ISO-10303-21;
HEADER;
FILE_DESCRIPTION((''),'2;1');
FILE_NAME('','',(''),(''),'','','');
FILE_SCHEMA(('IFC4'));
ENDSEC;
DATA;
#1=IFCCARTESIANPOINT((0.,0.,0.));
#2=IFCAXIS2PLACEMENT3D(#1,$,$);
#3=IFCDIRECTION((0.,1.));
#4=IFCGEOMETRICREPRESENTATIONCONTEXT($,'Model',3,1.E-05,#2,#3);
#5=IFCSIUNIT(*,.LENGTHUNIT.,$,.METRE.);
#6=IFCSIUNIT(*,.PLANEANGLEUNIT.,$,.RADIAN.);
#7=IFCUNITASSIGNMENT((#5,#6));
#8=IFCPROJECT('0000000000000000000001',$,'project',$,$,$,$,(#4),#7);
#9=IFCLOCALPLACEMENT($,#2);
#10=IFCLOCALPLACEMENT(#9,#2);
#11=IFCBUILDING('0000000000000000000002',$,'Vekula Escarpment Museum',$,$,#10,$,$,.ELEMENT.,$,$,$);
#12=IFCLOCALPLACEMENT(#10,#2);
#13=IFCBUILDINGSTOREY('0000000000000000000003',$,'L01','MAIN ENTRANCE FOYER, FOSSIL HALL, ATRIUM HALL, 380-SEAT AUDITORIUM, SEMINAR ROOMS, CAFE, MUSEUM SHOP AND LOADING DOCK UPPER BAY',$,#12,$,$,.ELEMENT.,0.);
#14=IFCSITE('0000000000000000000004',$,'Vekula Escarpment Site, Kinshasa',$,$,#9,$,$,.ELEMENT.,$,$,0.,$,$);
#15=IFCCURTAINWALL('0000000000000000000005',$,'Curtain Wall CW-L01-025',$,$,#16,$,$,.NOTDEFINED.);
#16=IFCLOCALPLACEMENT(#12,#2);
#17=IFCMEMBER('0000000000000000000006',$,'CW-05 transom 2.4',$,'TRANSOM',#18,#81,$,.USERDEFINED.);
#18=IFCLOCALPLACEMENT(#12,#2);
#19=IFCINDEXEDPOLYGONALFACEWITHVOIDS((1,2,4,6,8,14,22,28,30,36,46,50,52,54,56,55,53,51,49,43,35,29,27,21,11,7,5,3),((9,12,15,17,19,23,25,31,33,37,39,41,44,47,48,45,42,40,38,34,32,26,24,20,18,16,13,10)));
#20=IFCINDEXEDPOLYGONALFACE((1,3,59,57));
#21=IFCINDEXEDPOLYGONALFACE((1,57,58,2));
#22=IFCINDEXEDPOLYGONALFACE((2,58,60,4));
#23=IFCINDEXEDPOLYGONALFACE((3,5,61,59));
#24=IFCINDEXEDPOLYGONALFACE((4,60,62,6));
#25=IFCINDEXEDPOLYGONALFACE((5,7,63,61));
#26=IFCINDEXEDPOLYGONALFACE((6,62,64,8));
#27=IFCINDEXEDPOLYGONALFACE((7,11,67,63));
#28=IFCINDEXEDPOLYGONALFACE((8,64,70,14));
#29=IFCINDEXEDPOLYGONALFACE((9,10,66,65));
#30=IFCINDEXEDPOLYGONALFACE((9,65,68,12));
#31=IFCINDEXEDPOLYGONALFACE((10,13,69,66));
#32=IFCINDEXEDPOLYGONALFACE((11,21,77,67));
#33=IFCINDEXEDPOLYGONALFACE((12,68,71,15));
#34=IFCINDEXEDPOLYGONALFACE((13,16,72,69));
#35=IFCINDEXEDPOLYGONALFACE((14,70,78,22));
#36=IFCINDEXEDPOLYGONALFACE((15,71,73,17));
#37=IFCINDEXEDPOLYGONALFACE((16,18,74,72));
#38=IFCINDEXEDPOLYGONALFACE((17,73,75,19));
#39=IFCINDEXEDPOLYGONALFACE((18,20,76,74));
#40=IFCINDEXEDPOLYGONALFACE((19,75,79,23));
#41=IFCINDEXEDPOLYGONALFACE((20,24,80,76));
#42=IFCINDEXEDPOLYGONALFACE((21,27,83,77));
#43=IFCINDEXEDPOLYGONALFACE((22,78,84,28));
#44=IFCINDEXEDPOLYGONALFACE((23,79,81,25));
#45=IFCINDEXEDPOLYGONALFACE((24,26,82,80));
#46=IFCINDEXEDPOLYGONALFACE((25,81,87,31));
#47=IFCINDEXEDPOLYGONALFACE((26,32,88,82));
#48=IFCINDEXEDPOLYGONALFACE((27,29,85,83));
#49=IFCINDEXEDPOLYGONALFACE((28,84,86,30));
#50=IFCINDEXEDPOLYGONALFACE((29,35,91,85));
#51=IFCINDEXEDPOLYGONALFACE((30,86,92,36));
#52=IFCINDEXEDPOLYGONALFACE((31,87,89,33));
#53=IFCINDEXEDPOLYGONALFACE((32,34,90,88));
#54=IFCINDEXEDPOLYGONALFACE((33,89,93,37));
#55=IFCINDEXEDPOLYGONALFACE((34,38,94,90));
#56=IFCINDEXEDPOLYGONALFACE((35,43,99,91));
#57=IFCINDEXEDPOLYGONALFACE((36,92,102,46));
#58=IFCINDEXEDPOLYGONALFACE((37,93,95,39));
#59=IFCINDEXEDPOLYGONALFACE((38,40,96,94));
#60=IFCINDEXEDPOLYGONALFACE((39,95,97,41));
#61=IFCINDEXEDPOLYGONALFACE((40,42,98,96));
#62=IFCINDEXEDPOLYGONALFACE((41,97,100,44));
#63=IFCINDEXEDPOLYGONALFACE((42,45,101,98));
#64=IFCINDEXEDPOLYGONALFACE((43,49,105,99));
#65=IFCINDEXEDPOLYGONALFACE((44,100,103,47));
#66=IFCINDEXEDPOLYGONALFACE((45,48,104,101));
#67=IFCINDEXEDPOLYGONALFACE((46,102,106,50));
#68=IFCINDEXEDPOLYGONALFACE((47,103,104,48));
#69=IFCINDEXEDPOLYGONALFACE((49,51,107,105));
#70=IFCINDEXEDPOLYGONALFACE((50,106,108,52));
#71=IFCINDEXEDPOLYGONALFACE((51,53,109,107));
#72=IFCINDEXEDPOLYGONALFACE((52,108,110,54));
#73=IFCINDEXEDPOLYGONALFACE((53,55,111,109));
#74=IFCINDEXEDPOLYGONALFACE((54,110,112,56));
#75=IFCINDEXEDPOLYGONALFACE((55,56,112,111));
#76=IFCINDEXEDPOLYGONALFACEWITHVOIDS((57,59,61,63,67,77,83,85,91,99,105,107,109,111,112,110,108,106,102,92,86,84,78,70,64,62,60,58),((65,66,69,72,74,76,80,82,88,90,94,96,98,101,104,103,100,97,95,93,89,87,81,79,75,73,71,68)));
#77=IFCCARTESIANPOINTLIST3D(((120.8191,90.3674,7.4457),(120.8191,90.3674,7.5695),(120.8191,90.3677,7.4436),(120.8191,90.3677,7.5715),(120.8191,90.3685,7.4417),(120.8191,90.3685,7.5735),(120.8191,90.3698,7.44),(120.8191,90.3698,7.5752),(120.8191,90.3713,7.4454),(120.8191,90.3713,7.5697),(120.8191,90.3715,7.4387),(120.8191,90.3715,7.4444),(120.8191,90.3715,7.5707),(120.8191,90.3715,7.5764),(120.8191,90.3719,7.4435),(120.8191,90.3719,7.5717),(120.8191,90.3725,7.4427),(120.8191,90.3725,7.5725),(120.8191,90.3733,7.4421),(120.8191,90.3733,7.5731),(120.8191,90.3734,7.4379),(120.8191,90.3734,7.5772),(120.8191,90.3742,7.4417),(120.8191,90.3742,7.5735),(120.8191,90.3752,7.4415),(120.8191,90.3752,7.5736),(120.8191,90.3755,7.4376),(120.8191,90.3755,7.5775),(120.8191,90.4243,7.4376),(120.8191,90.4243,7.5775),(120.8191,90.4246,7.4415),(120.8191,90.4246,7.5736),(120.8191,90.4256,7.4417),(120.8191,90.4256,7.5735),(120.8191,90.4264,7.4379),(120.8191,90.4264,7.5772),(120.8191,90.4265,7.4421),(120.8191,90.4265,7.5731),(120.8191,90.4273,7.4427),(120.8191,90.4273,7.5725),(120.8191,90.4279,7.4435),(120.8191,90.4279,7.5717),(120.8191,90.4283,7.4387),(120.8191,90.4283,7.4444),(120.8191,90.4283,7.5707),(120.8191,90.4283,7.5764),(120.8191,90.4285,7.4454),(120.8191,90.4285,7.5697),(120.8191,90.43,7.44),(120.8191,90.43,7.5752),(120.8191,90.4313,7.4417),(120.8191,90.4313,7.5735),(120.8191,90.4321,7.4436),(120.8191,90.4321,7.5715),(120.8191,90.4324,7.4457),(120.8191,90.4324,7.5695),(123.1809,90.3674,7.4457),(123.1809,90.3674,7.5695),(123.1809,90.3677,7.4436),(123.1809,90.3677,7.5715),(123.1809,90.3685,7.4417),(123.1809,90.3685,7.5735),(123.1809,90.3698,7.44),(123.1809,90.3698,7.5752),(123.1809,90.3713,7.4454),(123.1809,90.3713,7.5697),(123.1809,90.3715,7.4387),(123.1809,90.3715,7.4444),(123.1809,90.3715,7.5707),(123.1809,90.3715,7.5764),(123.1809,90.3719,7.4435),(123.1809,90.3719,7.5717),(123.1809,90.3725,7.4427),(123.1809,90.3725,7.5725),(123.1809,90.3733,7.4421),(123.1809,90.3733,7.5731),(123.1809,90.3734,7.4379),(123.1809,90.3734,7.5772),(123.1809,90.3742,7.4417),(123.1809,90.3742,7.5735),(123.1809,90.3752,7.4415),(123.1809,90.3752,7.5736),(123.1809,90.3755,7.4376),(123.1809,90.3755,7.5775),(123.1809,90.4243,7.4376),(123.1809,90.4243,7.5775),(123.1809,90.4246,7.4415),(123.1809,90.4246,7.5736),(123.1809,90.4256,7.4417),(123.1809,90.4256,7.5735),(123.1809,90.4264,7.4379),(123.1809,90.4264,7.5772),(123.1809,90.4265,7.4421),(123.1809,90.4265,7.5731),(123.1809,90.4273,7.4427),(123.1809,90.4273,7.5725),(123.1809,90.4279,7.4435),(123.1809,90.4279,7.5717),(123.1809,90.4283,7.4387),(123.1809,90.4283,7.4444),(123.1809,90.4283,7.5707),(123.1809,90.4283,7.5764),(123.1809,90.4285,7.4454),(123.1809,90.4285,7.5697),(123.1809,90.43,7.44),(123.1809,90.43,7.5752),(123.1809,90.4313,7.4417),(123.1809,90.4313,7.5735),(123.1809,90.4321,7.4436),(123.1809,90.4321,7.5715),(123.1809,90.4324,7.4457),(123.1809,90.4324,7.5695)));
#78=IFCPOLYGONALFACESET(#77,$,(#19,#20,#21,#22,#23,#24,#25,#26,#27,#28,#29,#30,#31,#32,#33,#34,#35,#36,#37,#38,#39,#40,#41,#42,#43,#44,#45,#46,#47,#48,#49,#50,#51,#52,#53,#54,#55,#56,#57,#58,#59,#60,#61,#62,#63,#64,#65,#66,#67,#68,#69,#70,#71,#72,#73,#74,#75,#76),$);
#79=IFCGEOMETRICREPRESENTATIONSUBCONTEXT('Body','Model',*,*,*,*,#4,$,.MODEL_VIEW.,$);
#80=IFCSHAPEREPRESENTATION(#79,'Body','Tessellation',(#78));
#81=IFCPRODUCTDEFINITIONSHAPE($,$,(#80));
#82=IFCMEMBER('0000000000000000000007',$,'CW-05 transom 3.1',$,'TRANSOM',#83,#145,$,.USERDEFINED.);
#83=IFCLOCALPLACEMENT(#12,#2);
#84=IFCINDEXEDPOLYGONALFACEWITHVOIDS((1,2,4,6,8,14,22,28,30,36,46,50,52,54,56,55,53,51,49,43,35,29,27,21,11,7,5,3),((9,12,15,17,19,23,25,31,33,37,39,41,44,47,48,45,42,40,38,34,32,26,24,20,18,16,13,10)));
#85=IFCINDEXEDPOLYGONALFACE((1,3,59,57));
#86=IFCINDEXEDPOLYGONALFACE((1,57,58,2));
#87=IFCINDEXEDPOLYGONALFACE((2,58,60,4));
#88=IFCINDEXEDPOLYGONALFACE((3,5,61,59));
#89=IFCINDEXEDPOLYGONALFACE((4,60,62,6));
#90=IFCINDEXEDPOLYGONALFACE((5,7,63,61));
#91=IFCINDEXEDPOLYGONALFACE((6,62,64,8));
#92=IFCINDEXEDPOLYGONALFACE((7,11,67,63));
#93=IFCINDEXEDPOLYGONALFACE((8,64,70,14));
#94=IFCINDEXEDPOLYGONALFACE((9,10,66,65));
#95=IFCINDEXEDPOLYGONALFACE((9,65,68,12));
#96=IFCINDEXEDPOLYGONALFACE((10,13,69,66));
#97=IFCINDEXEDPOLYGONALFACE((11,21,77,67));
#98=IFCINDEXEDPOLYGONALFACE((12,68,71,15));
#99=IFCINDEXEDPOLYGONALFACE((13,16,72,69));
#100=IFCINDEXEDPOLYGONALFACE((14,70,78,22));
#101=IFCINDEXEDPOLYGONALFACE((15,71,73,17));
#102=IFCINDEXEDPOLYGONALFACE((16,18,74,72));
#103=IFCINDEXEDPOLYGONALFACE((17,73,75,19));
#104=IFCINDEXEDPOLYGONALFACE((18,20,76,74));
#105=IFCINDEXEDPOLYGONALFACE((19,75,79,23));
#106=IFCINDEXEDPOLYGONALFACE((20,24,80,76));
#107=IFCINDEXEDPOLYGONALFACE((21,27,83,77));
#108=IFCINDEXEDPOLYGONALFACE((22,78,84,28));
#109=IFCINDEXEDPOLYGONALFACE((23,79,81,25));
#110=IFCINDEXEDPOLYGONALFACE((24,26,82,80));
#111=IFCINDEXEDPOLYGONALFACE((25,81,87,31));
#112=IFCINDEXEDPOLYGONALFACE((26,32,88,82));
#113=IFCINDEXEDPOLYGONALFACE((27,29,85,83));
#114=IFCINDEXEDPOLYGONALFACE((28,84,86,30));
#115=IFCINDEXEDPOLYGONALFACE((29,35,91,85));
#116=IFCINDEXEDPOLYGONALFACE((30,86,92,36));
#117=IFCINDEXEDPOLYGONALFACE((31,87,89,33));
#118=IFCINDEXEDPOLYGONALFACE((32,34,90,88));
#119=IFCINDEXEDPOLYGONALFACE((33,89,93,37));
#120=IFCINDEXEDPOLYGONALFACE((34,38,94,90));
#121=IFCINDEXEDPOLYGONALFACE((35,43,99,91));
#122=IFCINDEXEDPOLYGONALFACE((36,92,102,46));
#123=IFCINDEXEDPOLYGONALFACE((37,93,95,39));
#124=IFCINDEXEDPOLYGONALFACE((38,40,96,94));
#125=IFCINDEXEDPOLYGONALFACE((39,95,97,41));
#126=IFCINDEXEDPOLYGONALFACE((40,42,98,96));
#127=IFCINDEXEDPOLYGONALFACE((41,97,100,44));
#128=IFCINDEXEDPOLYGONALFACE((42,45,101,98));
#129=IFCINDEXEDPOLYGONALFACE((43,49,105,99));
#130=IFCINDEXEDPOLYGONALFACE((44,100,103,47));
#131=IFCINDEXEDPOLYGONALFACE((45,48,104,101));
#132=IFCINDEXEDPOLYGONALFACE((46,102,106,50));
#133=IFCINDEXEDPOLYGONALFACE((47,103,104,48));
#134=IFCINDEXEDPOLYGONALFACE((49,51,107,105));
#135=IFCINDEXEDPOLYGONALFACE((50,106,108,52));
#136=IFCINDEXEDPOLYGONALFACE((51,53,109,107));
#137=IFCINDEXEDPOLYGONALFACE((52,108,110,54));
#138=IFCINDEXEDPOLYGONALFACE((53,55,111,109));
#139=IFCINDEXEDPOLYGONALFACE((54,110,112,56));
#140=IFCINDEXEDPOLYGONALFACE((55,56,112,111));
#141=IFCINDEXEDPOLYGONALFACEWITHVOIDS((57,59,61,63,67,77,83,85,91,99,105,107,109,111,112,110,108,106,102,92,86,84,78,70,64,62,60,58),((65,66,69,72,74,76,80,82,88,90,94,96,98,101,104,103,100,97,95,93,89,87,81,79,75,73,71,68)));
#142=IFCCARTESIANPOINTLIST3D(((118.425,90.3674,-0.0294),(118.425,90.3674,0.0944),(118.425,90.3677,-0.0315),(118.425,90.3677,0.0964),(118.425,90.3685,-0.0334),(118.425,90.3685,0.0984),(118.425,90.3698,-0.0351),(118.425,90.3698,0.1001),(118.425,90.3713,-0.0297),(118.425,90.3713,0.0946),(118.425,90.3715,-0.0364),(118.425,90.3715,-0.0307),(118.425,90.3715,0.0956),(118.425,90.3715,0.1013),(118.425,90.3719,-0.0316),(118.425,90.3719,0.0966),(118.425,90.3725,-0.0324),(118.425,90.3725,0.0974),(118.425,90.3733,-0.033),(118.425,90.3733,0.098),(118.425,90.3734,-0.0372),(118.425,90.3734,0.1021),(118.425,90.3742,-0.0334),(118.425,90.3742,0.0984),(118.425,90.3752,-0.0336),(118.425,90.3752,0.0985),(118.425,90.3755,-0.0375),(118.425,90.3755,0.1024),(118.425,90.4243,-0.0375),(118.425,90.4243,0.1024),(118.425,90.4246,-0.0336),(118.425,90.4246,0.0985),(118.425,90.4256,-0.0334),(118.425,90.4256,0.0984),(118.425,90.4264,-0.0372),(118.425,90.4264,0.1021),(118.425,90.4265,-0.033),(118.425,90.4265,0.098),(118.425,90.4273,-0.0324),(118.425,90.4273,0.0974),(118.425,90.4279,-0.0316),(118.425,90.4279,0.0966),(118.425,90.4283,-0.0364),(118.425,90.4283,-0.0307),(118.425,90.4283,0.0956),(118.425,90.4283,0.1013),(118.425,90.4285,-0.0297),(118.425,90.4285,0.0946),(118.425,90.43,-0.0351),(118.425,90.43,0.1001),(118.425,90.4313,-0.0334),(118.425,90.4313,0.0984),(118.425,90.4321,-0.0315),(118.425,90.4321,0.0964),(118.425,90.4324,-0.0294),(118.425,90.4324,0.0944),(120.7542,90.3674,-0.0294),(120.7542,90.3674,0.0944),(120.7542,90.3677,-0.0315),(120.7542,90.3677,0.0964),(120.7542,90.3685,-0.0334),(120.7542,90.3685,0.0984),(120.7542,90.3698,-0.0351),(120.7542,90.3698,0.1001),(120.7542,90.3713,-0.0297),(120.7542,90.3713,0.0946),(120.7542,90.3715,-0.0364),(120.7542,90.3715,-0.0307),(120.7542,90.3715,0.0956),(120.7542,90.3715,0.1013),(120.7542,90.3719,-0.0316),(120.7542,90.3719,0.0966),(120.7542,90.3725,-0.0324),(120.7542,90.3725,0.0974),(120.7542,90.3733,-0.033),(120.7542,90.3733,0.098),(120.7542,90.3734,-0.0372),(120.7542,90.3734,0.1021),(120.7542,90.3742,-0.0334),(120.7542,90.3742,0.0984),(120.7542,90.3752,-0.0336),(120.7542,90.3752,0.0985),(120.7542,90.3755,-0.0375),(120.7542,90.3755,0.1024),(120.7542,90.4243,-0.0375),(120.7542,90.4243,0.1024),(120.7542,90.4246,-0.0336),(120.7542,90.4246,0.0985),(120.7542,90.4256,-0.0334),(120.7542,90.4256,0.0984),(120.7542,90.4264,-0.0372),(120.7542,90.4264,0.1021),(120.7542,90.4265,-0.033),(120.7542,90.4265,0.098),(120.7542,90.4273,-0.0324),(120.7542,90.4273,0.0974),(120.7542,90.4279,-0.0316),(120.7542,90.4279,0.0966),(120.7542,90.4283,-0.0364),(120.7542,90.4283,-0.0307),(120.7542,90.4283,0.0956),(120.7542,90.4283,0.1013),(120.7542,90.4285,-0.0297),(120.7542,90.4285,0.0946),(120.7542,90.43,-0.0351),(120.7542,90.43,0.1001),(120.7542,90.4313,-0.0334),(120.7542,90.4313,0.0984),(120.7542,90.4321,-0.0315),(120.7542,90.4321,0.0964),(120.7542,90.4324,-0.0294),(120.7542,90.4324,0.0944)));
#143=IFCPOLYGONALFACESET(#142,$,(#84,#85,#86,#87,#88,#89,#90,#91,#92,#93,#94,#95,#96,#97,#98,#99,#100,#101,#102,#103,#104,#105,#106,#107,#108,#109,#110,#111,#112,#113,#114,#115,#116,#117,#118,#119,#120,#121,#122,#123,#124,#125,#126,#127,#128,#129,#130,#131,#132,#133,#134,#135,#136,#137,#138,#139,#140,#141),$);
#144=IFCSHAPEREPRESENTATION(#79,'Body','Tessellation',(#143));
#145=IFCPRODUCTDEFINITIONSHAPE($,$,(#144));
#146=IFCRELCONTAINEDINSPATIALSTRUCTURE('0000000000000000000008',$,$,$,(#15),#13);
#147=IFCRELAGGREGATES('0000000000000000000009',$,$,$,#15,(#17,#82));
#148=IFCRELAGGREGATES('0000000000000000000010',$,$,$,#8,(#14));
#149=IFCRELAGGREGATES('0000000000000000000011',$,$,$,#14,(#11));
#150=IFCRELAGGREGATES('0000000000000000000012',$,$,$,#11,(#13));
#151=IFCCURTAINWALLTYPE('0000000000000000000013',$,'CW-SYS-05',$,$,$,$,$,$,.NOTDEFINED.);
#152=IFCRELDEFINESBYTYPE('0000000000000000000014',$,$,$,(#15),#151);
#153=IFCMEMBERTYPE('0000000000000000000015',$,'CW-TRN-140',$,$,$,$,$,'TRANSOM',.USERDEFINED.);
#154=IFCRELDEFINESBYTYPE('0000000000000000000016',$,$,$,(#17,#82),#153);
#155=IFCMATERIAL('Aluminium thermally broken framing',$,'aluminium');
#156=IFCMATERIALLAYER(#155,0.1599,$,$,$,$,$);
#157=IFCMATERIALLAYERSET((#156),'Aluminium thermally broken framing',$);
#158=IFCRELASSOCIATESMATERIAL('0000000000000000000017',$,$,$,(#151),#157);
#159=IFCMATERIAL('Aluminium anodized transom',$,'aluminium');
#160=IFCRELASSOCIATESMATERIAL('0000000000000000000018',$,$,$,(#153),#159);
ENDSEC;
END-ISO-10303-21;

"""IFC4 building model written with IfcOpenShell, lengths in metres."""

from ifc_helpers import new_model, si_unit, direction, frame, origin, origin_2d, place, context, subcontext, project, spatial, hollow_rectangle, extrude, material, layer, layer_set, material_profile, profile_set, type_object, element, aggregate, save


model = new_model("IFC4")

# Units and contexts
model_context = context("Model", 3, precision=1e-05, world=origin(), true_north=direction((0.0, 1.0)))
body_context = subcontext(model_context, "Body", "Model", "MODEL_VIEW")
ifc_project = project(units=[si_unit("LENGTHUNIT", "METRE"), si_unit("PLANEANGLEUNIT", "RADIAN")], contexts=[model_context])

# Site, building, storey
site_placement = place(None, origin())
site = spatial("IfcSite", under=ifc_project, at=site_placement, Name="Vekula Escarpment Site, Kinshasa", CompositionType="ELEMENT", RefElevation=0.0)
building_placement = place(site_placement, origin())
building = spatial("IfcBuilding", under=site, at=building_placement, Name="Vekula Escarpment Museum", CompositionType="ELEMENT")
storey_placement = place(building_placement, origin())
storey = spatial("IfcBuildingStorey", under=building, at=storey_placement, Name="L01", Description="MAIN ENTRANCE FOYER, FOSSIL HALL, ATRIUM HALL, 380-SEAT AUDITORIUM, SEMINAR ROOMS, CAFE, MUSEUM SHOP AND LOADING DOCK UPPER BAY", CompositionType="ELEMENT", Elevation=0.0)

# Curtain wall
ifc_material_1 = material(Name="Aluminium thermally broken framing", Category="aluminium")
ifc_layer_1 = layer(ifc_material_1, 0.1599)
ifc_layer_set_1 = layer_set([ifc_layer_1], Name="Aluminium thermally broken framing")
curtain_wall_type_1 = type_object("IfcCurtainWallType", Name="CW-SYS-05", PredefinedType="NOTDEFINED", material=ifc_layer_set_1)
curtain_wall_1_placement = place(storey_placement, origin())
curtain_wall_1 = element("IfcCurtainWall", 1, at=curtain_wall_1_placement, inside=storey, type_object=curtain_wall_type_1, Name="Curtain Wall CW-L01-025", PredefinedType="NOTDEFINED")

# Members
ifc_material_2 = material(Name="Aluminium anodized transom", Category="aluminium")
ifc_material_profile_1 = material_profile(ifc_material_2, hollow_rectangle(XDim=0.0649, YDim=0.1399, WallThickness=0.0039, InnerFilletRadius=0.0039, OuterFilletRadius=0.0081, at=origin_2d()), Name="ALU 140x65x4")
ifc_profile_set_1 = profile_set([ifc_material_profile_1], Name="Aluminium anodized transom")
member_type_1 = type_object("IfcMemberType", Name="CW-TRN-140", ElementType="TRANSOM", PredefinedType="USERDEFINED", material=ifc_profile_set_1)
member_1_placement = place(storey_placement, frame((123.1809, 90.3999, 7.5076), z_axis=(-1.0, 0.0, 0.0), x_axis=(0.0, -1.0, 0.0)))
member_1 = element("IfcMember", 2, at=member_1_placement, type_object=member_type_1, Name="CW-05 transom 2.4", ObjectType="TRANSOM", PredefinedType="USERDEFINED", context=body_context, shape_type="SweptSolid", body=[
    extrude(hollow_rectangle(XDim=0.0649, YDim=0.1399, WallThickness=0.0039, InnerFilletRadius=0.0039, OuterFilletRadius=0.0081, at=origin_2d()), origin(), (0.0, 0.0, 1.0), 2.3618),
])
member_2_placement = place(storey_placement, frame((120.7542, 90.3999, 0.0325), z_axis=(-1.0, 0.0, 0.0), x_axis=(0.0, -1.0, 0.0)))
member_2 = element("IfcMember", 3, at=member_2_placement, type_object=member_type_1, Name="CW-05 transom 3.1", ObjectType="TRANSOM", PredefinedType="USERDEFINED", context=body_context, shape_type="SweptSolid", body=[
    extrude(hollow_rectangle(XDim=0.0649, YDim=0.1399, WallThickness=0.0039, InnerFilletRadius=0.0039, OuterFilletRadius=0.0081, at=origin_2d()), origin(), (0.0, 0.0, 1.0), 2.3291),
])

aggregate(curtain_wall_1, [member_1, member_2])

save(model, "model.ifc")
